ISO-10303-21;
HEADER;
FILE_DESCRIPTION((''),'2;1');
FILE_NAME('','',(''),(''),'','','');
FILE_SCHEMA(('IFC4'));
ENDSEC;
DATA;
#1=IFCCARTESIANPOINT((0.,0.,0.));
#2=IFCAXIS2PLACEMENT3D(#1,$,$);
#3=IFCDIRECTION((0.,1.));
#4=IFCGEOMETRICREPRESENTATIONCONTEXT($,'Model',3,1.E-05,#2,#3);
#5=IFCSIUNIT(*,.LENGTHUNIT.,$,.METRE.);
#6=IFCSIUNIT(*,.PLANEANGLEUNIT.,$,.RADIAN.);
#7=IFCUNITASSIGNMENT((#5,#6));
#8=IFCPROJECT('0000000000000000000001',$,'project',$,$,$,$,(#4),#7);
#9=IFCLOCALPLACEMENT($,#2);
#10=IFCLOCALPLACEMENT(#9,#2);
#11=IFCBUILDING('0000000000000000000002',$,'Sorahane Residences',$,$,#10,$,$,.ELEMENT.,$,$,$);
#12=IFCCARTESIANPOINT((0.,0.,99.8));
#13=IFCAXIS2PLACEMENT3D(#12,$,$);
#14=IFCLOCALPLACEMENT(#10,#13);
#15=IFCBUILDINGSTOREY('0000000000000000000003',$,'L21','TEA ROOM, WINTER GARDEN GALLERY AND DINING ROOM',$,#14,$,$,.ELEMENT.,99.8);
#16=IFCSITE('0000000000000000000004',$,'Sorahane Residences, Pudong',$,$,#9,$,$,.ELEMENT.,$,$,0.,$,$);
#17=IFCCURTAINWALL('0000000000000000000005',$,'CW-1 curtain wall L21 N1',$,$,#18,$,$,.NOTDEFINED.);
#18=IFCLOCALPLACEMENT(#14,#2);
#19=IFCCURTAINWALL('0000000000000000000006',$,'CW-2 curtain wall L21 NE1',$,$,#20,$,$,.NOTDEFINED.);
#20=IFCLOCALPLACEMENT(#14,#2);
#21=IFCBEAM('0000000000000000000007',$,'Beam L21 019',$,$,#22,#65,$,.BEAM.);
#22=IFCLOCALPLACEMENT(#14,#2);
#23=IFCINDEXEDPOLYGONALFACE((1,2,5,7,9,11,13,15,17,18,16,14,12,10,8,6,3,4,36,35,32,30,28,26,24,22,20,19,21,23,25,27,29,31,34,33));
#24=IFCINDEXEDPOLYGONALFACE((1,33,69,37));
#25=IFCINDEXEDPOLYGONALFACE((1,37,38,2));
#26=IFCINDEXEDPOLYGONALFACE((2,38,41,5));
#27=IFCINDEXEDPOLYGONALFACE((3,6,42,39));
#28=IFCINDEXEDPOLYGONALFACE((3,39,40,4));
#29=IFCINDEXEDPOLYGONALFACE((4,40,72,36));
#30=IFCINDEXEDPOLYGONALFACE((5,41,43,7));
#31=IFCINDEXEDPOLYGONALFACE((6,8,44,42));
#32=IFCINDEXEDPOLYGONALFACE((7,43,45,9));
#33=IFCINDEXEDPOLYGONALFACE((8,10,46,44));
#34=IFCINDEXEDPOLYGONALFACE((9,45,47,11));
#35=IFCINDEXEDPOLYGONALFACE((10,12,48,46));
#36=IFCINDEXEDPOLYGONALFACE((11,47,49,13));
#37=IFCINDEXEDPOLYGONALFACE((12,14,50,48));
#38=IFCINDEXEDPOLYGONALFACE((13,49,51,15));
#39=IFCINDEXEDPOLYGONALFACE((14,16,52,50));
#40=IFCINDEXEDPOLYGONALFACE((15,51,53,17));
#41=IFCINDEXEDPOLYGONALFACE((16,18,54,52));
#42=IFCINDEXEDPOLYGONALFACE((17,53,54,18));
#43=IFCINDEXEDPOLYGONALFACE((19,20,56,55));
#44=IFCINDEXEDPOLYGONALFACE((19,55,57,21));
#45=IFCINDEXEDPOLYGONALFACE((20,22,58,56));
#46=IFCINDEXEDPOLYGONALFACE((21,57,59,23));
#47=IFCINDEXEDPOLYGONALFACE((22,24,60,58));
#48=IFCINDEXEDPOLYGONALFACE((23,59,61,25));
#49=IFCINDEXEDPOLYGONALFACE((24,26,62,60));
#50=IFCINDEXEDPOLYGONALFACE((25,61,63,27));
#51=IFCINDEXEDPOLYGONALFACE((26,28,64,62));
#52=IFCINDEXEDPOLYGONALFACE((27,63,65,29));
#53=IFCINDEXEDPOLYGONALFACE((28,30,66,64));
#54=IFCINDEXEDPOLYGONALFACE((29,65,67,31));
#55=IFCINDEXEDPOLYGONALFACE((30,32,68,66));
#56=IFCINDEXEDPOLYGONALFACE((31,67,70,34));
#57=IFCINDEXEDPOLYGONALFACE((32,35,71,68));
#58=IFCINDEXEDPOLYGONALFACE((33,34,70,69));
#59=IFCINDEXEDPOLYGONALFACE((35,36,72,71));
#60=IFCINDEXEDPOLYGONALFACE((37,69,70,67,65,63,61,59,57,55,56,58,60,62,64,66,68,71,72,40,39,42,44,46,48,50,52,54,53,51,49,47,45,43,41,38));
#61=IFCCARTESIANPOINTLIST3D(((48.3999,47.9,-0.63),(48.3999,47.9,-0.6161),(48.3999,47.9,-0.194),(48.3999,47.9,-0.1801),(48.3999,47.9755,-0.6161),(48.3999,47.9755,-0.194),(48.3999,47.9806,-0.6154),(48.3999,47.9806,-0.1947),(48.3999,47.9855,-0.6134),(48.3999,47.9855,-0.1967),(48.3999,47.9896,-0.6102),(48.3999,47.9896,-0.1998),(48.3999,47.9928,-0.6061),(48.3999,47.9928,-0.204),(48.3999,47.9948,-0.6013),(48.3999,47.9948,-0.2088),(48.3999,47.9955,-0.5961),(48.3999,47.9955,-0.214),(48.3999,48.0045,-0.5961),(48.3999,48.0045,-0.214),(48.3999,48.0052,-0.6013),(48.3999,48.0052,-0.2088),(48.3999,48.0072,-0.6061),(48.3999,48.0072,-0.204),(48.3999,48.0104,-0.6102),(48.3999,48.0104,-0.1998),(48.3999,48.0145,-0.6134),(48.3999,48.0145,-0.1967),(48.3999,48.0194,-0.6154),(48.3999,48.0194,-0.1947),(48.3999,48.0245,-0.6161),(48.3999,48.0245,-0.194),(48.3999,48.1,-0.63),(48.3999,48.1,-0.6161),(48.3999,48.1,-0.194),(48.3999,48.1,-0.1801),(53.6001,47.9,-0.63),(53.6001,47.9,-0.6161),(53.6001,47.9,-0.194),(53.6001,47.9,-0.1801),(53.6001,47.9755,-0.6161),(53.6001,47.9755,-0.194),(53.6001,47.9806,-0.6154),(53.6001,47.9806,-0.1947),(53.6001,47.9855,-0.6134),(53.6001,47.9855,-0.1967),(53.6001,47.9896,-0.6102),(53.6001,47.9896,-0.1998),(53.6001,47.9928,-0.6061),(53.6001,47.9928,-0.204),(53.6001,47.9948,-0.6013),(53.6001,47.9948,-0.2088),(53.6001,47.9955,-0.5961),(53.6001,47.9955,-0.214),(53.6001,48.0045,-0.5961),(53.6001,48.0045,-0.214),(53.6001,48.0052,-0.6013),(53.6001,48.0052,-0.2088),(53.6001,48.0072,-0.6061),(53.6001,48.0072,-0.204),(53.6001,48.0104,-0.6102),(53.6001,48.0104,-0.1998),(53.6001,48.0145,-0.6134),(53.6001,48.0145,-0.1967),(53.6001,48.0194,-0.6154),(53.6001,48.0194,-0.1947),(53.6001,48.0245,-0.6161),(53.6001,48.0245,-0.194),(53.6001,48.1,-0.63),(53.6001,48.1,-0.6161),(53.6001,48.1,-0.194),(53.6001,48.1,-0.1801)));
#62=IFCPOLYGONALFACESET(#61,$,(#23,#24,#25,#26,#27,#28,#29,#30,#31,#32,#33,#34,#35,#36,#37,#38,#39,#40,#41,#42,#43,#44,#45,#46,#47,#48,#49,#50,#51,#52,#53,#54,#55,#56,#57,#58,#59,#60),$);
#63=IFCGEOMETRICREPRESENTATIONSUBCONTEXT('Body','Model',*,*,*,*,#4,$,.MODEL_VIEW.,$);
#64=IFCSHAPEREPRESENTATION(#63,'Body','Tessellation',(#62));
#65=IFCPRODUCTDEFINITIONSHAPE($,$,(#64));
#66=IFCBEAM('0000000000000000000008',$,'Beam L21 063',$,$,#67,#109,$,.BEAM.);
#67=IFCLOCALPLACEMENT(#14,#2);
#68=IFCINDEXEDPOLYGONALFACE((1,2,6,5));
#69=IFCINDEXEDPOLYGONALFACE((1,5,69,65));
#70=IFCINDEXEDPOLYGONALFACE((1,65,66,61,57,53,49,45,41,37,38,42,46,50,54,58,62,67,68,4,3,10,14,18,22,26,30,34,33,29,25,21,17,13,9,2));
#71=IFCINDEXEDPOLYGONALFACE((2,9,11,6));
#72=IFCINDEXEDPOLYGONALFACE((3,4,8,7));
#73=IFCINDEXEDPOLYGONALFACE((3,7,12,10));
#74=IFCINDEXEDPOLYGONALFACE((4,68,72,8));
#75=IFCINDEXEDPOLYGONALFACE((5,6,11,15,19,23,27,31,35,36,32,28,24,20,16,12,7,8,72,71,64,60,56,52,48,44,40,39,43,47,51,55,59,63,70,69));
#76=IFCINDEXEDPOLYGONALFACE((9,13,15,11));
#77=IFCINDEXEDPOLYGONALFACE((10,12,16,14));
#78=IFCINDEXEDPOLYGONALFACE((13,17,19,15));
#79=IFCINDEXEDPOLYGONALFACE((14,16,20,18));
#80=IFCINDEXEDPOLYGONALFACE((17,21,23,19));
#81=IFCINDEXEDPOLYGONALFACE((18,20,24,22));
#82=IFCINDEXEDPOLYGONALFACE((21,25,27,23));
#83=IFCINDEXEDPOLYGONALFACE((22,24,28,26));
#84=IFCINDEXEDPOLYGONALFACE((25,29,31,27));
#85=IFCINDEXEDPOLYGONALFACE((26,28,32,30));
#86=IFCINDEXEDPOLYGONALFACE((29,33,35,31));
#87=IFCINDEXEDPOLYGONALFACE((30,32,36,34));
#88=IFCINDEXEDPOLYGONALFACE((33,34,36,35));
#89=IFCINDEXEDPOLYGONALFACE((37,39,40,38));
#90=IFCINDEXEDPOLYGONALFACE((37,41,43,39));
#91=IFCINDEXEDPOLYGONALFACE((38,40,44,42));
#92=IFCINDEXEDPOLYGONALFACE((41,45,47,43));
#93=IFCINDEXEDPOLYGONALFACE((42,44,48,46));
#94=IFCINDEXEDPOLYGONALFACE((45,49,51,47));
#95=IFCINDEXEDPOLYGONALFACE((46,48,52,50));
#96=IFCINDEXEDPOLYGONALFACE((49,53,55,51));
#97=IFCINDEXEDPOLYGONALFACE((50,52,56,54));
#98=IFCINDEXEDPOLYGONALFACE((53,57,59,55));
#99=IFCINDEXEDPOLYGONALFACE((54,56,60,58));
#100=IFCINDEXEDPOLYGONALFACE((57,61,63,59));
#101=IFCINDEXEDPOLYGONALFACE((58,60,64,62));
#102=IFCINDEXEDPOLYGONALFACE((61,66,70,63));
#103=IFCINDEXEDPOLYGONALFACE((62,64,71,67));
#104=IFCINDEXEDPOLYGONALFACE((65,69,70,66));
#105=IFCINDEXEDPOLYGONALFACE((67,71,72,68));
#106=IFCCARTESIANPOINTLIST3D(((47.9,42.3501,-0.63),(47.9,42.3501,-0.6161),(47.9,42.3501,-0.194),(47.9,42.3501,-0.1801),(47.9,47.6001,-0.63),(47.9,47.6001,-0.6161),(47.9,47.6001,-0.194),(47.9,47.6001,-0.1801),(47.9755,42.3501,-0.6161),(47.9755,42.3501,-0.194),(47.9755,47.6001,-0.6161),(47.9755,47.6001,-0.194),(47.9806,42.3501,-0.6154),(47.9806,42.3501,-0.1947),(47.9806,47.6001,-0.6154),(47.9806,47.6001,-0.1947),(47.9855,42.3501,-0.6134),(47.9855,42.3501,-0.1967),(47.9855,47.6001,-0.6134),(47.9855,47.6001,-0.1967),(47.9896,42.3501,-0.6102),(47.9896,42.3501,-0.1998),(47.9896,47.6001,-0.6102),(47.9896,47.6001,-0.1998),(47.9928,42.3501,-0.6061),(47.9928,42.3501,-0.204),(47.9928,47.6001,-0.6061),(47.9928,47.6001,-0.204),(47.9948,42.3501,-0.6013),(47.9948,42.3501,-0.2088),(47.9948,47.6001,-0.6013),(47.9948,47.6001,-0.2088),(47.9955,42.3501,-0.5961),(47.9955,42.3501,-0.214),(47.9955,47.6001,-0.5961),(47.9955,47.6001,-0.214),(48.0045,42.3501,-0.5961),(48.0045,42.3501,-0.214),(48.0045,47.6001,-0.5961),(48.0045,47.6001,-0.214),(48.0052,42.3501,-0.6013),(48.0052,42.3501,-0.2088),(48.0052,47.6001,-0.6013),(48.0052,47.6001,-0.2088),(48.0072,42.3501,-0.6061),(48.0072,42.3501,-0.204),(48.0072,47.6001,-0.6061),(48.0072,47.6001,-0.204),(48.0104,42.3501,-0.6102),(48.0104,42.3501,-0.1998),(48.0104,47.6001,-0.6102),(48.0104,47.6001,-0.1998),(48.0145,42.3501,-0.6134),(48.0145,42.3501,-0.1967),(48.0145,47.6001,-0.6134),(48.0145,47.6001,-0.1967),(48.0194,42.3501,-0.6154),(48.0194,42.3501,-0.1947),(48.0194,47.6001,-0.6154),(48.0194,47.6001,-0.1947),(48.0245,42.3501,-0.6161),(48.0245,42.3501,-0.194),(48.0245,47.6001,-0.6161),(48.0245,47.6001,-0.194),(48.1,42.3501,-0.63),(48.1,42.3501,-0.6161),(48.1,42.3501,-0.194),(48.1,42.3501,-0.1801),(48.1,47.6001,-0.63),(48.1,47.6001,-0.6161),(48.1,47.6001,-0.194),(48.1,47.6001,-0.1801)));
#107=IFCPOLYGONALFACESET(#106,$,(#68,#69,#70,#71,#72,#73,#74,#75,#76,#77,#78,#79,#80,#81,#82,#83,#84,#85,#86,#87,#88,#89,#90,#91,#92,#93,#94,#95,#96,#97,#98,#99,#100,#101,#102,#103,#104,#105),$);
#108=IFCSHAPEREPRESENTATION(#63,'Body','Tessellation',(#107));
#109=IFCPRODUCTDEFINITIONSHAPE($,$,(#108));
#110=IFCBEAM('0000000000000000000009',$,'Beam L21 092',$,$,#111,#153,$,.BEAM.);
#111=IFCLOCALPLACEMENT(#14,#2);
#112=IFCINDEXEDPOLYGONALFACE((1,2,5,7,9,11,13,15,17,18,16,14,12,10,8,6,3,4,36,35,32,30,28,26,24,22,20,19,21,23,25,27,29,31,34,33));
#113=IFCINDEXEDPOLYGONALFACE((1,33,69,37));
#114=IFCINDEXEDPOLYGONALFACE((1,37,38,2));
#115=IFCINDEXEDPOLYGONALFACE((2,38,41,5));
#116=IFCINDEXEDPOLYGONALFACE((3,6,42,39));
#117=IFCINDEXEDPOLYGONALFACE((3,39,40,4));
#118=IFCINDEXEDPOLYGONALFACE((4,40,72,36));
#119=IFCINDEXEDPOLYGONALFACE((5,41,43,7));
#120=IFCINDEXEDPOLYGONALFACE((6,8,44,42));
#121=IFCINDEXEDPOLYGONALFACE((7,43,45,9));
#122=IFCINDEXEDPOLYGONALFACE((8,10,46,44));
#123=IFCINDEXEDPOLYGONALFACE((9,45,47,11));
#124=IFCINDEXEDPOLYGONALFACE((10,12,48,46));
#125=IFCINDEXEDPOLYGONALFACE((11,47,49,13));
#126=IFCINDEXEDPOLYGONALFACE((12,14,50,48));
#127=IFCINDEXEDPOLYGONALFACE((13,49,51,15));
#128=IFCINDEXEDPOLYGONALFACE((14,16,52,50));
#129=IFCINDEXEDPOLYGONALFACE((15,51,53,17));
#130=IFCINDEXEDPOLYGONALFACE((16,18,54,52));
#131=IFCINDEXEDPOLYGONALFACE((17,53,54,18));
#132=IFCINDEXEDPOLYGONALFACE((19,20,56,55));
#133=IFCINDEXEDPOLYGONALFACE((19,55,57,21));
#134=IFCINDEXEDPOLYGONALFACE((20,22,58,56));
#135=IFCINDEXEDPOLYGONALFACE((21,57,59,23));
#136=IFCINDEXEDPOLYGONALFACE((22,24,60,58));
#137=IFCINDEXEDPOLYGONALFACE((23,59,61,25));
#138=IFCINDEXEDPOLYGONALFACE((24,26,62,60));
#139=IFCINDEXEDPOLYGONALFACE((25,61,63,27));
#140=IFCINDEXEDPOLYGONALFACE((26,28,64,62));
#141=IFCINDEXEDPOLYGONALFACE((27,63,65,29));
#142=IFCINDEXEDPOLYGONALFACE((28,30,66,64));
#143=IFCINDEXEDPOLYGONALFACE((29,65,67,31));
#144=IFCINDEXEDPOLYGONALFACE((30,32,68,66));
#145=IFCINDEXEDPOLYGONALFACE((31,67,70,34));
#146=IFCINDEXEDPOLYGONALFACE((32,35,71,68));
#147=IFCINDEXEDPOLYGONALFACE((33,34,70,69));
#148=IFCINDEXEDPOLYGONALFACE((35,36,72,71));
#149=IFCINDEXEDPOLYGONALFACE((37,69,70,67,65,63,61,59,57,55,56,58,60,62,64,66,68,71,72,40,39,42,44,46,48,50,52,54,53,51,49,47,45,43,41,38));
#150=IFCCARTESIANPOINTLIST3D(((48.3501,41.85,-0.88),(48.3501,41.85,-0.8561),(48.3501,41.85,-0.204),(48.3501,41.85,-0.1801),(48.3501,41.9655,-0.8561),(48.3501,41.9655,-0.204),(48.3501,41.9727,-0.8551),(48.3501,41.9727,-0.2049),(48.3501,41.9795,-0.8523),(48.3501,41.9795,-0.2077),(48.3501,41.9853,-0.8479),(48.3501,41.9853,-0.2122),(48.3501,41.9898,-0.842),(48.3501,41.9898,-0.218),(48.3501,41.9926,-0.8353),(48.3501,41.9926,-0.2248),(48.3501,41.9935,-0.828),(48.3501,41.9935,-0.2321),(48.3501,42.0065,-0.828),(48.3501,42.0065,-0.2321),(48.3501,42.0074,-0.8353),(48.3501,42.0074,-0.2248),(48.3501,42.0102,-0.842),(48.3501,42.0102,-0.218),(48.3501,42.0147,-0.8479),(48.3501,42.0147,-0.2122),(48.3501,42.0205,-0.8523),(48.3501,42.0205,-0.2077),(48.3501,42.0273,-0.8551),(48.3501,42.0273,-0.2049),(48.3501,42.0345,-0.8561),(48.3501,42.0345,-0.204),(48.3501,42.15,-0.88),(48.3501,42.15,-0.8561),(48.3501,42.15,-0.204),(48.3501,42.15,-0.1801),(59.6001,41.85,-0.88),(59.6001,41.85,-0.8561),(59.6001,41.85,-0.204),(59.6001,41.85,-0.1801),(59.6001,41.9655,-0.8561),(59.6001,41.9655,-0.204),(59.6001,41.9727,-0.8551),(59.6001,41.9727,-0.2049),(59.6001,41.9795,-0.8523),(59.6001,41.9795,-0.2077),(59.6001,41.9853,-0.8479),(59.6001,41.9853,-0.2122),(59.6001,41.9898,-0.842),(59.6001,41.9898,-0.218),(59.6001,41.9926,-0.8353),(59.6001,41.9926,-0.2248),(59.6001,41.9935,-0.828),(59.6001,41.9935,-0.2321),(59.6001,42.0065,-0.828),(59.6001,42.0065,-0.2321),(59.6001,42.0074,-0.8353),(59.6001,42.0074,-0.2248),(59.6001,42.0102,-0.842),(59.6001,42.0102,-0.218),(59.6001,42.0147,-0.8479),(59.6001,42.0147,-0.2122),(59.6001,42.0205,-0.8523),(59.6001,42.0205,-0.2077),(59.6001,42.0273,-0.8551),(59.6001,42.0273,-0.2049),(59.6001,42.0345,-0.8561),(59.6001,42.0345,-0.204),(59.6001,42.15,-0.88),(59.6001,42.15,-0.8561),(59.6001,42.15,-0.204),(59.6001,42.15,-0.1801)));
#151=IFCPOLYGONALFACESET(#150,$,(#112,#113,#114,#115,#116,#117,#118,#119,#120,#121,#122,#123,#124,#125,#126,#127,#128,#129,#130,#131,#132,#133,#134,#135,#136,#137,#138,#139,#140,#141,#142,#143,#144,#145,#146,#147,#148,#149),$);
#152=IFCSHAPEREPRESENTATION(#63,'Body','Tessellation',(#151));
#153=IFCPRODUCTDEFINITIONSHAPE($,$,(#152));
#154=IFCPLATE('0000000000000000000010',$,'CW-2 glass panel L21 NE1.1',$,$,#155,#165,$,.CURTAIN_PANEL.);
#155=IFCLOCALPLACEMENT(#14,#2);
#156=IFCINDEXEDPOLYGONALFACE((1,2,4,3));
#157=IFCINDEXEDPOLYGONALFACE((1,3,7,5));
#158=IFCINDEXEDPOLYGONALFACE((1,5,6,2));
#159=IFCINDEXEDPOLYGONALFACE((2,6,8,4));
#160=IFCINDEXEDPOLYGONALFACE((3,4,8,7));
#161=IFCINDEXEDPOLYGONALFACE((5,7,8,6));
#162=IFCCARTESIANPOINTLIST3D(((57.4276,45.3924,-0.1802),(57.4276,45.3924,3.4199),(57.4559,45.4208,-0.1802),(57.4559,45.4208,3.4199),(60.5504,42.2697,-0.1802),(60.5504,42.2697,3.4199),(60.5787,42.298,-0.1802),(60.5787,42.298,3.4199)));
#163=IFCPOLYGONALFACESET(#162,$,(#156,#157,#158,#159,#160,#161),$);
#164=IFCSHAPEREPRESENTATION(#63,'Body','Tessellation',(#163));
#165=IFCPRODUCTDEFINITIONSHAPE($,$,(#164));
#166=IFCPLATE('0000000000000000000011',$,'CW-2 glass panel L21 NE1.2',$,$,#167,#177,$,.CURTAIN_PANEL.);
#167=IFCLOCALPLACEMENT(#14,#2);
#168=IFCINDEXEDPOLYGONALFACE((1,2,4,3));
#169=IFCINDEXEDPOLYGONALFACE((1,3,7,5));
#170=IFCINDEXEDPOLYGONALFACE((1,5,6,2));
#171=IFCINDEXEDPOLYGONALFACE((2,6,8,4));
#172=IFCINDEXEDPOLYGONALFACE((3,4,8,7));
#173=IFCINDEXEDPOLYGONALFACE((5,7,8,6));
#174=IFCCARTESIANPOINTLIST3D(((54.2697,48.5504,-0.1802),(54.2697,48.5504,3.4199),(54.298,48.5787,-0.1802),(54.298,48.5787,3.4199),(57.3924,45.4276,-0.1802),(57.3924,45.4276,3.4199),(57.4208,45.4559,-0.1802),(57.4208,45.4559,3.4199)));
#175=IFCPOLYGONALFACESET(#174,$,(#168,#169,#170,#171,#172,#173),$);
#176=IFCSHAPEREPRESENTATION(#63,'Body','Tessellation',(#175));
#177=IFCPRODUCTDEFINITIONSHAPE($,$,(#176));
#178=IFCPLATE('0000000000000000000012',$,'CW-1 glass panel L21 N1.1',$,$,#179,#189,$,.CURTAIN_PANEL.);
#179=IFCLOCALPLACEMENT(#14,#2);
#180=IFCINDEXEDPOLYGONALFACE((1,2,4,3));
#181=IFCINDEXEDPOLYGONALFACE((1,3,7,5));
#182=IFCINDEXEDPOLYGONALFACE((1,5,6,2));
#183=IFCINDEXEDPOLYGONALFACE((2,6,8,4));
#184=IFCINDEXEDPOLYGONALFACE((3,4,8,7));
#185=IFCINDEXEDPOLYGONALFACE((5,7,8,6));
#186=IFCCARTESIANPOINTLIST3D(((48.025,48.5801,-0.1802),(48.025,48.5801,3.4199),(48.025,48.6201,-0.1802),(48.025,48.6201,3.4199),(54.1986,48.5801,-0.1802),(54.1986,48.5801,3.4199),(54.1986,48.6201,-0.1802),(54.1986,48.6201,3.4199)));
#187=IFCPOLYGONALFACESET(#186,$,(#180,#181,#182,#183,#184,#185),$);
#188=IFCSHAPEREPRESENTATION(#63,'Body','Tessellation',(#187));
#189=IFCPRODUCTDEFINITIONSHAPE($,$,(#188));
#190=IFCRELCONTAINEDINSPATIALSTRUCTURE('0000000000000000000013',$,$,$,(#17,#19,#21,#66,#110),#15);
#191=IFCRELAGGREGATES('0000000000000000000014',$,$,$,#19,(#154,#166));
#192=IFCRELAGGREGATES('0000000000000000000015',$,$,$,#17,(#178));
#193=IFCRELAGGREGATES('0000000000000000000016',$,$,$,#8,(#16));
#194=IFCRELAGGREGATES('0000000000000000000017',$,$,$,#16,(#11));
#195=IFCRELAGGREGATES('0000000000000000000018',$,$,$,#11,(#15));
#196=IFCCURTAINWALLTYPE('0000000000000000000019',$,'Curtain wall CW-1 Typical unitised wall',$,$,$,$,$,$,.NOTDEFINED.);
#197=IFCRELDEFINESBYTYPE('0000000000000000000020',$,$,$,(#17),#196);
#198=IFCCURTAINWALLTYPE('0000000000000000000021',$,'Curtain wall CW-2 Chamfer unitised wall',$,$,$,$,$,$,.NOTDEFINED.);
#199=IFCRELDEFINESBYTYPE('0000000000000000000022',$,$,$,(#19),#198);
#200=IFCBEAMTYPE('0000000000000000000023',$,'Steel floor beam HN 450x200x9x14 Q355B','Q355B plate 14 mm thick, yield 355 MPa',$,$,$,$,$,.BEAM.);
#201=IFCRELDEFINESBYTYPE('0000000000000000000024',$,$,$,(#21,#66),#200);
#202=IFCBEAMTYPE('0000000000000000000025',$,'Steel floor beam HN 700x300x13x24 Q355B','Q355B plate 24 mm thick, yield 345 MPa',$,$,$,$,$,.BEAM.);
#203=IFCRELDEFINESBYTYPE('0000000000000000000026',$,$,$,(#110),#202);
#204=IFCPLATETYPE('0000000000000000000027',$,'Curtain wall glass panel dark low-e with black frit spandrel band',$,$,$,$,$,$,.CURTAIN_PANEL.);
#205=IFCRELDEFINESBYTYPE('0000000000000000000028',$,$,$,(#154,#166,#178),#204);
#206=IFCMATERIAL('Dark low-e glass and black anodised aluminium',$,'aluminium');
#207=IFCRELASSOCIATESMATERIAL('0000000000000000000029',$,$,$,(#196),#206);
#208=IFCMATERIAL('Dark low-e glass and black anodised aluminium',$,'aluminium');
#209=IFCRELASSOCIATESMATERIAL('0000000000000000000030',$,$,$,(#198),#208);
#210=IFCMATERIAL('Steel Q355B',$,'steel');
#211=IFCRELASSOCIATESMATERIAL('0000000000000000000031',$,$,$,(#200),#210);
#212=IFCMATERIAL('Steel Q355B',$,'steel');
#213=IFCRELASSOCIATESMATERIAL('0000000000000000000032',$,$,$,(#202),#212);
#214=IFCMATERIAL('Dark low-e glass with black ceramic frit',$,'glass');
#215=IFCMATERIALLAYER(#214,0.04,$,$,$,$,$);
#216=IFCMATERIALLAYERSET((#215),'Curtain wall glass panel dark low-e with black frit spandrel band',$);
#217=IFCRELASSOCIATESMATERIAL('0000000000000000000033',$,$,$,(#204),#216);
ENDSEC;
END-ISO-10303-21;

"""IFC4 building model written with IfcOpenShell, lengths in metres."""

from ifc_helpers import new_model, si_unit, direction, frame, origin, origin_2d, place, context, subcontext, project, spatial, rectangle, i_section, extrude, material, layer, layer_set, material_profile, profile_set, type_object, element, aggregate, save


model = new_model("IFC4")

# Units and contexts
model_context = context("Model", 3, precision=1e-05, world=origin(), true_north=direction((0.0, 1.0)))
body_context = subcontext(model_context, "Body", "Model", "MODEL_VIEW")
ifc_project = project(units=[si_unit("LENGTHUNIT", "METRE"), si_unit("PLANEANGLEUNIT", "RADIAN")], contexts=[model_context])

# Site, building, storey
site_placement = place(None, origin())
site = spatial("IfcSite", under=ifc_project, at=site_placement, Name="Sorahane Residences, Pudong", CompositionType="ELEMENT", RefElevation=0.0)
building_placement = place(site_placement, origin())
building = spatial("IfcBuilding", under=site, at=building_placement, Name="Sorahane Residences", CompositionType="ELEMENT")
storey_placement = place(building_placement, frame((0.0, 0.0, 99.8)))
storey = spatial("IfcBuildingStorey", under=building, at=storey_placement, Name="L21", Description="TEA ROOM, WINTER GARDEN GALLERY AND DINING ROOM", CompositionType="ELEMENT", Elevation=99.8)

# Curtain wall
ifc_material_1 = material(Name="Dark low-e glass and black anodised aluminium", Category="aluminium")
curtain_wall_type_1 = type_object("IfcCurtainWallType", Name="Curtain wall CW-1 Typical unitised wall", PredefinedType="NOTDEFINED", material=ifc_material_1)
curtain_wall_1_placement = place(storey_placement, origin())
curtain_wall_1 = element("IfcCurtainWall", 1, at=curtain_wall_1_placement, inside=storey, type_object=curtain_wall_type_1, Name="CW-1 curtain wall L21 N1", PredefinedType="NOTDEFINED")

# Curtain wall
ifc_material_2 = material(Name="Dark low-e glass and black anodised aluminium", Category="aluminium")
curtain_wall_type_2 = type_object("IfcCurtainWallType", Name="Curtain wall CW-2 Chamfer unitised wall", PredefinedType="NOTDEFINED", material=ifc_material_2)
curtain_wall_2_placement = place(storey_placement, origin())
curtain_wall_2 = element("IfcCurtainWall", 2, at=curtain_wall_2_placement, inside=storey, type_object=curtain_wall_type_2, Name="CW-2 curtain wall L21 NE1", PredefinedType="NOTDEFINED")

# Beams
ifc_material_3 = material(Name="Steel Q355B", Category="steel")
ifc_material_profile_1 = material_profile(ifc_material_3, i_section(OverallWidth=0.2, OverallDepth=0.45, WebThickness=0.009, FlangeThickness=0.0139, FilletRadius=0.02, at=origin_2d()), Name="HN 450x200x9x14")
ifc_profile_set_1 = profile_set([ifc_material_profile_1], Name="Steel Q355B")
beam_type_1 = type_object("IfcBeamType", Name="Steel floor beam HN 450x200x9x14 Q355B", Description="Q355B plate 14 mm thick, yield 355 MPa", PredefinedType="BEAM", material=ifc_profile_set_1)
beam_1_placement = place(storey_placement, frame((48.3999, 48.0, -0.405), z_axis=(1.0, 0.0, 0.0), x_axis=(0.0, 1.0, 0.0)))
element("IfcBeam", 3, at=beam_1_placement, inside=storey, type_object=beam_type_1, Name="Beam L21 019", PredefinedType="BEAM", context=body_context, shape_type="SweptSolid", body=[
    extrude(i_section(OverallWidth=0.2, OverallDepth=0.45, WebThickness=0.009, FlangeThickness=0.0139, FilletRadius=0.02, at=origin_2d()), origin(), (0.0, 0.0, 1.0), 5.2002),
])
beam_2_placement = place(storey_placement, frame((48.0, 42.3501, -0.405), z_axis=(0.0, 1.0, 0.0), x_axis=(-1.0, 0.0, 0.0)))
element("IfcBeam", 4, at=beam_2_placement, inside=storey, type_object=beam_type_1, Name="Beam L21 063", PredefinedType="BEAM", context=body_context, shape_type="SweptSolid", body=[
    extrude(i_section(OverallWidth=0.2, OverallDepth=0.45, WebThickness=0.009, FlangeThickness=0.0139, FilletRadius=0.02, at=origin_2d()), origin(), (0.0, 0.0, 1.0), 5.25),
])
ifc_material_4 = material(Name="Steel Q355B", Category="steel")
ifc_material_profile_2 = material_profile(ifc_material_4, i_section(OverallWidth=0.3, OverallDepth=0.7, WebThickness=0.0129, FlangeThickness=0.0239, FilletRadius=0.0281, at=origin_2d()), Name="HN 700x300x13x24")
ifc_profile_set_2 = profile_set([ifc_material_profile_2], Name="Steel Q355B")
beam_type_2 = type_object("IfcBeamType", Name="Steel floor beam HN 700x300x13x24 Q355B", Description="Q355B plate 24 mm thick, yield 345 MPa", PredefinedType="BEAM", material=ifc_profile_set_2)
beam_3_placement = place(storey_placement, frame((48.3501, 42.0, -0.53), z_axis=(1.0, 0.0, 0.0), x_axis=(0.0, 1.0, 0.0)))
element("IfcBeam", 5, at=beam_3_placement, inside=storey, type_object=beam_type_2, Name="Beam L21 092", PredefinedType="BEAM", context=body_context, shape_type="SweptSolid", body=[
    extrude(i_section(OverallWidth=0.3, OverallDepth=0.7, WebThickness=0.0129, FlangeThickness=0.0239, FilletRadius=0.0281, at=origin_2d()), origin(), (0.0, 0.0, 1.0), 11.25),
])

# Plates
ifc_material_5 = material(Name="Dark low-e glass with black ceramic frit", Category="glass")
ifc_layer_1 = layer(ifc_material_5, 0.04)
ifc_layer_set_1 = layer_set([ifc_layer_1], Name="Curtain wall glass panel dark low-e with black frit spandrel band")
plate_type = type_object("IfcPlateType", Name="Curtain wall glass panel dark low-e with black frit spandrel band", PredefinedType="CURTAIN_PANEL", material=ifc_layer_set_1)
plate_1_placement = place(storey_placement, frame((59.0032, 43.8452, -0.1802), z_axis=(0.0, 0.0, 1.0), x_axis=(-0.707107, 0.707107, 0.0)))
plate_1 = element("IfcPlate", 6, at=plate_1_placement, type_object=plate_type, Name="CW-2 glass panel L21 NE1.1", PredefinedType="CURTAIN_PANEL", context=body_context, shape_type="SweptSolid", body=[
    extrude(rectangle(XDim=4.4163, YDim=0.04, at=origin_2d()), origin(), (0.0, 0.0, 1.0), 3.6001),
])
plate_2_placement = place(storey_placement, frame((55.8452, 47.0032, -0.1802), z_axis=(0.0, 0.0, 1.0), x_axis=(-0.707107, 0.707107, 0.0)))
plate_2 = element("IfcPlate", 7, at=plate_2_placement, type_object=plate_type, Name="CW-2 glass panel L21 NE1.2", PredefinedType="CURTAIN_PANEL", context=body_context, shape_type="SweptSolid", body=[
    extrude(rectangle(XDim=4.4163, YDim=0.04, at=origin_2d()), origin(), (0.0, 0.0, 1.0), 3.6001),
])
aggregate(curtain_wall_2, [plate_1, plate_2])
plate_3_placement = place(storey_placement, frame((51.1118, 48.6001, -0.1802), z_axis=(0.0, 0.0, 1.0), x_axis=(-1.0, 0.0, 0.0)))
plate_3 = element("IfcPlate", 8, at=plate_3_placement, type_object=plate_type, Name="CW-1 glass panel L21 N1.1", PredefinedType="CURTAIN_PANEL", context=body_context, shape_type="SweptSolid", body=[
    extrude(rectangle(XDim=6.1736, YDim=0.04, at=origin_2d()), origin(), (0.0, 0.0, 1.0), 3.6001),
])
aggregate(curtain_wall_1, [plate_3])

save(model, "model.ifc")
